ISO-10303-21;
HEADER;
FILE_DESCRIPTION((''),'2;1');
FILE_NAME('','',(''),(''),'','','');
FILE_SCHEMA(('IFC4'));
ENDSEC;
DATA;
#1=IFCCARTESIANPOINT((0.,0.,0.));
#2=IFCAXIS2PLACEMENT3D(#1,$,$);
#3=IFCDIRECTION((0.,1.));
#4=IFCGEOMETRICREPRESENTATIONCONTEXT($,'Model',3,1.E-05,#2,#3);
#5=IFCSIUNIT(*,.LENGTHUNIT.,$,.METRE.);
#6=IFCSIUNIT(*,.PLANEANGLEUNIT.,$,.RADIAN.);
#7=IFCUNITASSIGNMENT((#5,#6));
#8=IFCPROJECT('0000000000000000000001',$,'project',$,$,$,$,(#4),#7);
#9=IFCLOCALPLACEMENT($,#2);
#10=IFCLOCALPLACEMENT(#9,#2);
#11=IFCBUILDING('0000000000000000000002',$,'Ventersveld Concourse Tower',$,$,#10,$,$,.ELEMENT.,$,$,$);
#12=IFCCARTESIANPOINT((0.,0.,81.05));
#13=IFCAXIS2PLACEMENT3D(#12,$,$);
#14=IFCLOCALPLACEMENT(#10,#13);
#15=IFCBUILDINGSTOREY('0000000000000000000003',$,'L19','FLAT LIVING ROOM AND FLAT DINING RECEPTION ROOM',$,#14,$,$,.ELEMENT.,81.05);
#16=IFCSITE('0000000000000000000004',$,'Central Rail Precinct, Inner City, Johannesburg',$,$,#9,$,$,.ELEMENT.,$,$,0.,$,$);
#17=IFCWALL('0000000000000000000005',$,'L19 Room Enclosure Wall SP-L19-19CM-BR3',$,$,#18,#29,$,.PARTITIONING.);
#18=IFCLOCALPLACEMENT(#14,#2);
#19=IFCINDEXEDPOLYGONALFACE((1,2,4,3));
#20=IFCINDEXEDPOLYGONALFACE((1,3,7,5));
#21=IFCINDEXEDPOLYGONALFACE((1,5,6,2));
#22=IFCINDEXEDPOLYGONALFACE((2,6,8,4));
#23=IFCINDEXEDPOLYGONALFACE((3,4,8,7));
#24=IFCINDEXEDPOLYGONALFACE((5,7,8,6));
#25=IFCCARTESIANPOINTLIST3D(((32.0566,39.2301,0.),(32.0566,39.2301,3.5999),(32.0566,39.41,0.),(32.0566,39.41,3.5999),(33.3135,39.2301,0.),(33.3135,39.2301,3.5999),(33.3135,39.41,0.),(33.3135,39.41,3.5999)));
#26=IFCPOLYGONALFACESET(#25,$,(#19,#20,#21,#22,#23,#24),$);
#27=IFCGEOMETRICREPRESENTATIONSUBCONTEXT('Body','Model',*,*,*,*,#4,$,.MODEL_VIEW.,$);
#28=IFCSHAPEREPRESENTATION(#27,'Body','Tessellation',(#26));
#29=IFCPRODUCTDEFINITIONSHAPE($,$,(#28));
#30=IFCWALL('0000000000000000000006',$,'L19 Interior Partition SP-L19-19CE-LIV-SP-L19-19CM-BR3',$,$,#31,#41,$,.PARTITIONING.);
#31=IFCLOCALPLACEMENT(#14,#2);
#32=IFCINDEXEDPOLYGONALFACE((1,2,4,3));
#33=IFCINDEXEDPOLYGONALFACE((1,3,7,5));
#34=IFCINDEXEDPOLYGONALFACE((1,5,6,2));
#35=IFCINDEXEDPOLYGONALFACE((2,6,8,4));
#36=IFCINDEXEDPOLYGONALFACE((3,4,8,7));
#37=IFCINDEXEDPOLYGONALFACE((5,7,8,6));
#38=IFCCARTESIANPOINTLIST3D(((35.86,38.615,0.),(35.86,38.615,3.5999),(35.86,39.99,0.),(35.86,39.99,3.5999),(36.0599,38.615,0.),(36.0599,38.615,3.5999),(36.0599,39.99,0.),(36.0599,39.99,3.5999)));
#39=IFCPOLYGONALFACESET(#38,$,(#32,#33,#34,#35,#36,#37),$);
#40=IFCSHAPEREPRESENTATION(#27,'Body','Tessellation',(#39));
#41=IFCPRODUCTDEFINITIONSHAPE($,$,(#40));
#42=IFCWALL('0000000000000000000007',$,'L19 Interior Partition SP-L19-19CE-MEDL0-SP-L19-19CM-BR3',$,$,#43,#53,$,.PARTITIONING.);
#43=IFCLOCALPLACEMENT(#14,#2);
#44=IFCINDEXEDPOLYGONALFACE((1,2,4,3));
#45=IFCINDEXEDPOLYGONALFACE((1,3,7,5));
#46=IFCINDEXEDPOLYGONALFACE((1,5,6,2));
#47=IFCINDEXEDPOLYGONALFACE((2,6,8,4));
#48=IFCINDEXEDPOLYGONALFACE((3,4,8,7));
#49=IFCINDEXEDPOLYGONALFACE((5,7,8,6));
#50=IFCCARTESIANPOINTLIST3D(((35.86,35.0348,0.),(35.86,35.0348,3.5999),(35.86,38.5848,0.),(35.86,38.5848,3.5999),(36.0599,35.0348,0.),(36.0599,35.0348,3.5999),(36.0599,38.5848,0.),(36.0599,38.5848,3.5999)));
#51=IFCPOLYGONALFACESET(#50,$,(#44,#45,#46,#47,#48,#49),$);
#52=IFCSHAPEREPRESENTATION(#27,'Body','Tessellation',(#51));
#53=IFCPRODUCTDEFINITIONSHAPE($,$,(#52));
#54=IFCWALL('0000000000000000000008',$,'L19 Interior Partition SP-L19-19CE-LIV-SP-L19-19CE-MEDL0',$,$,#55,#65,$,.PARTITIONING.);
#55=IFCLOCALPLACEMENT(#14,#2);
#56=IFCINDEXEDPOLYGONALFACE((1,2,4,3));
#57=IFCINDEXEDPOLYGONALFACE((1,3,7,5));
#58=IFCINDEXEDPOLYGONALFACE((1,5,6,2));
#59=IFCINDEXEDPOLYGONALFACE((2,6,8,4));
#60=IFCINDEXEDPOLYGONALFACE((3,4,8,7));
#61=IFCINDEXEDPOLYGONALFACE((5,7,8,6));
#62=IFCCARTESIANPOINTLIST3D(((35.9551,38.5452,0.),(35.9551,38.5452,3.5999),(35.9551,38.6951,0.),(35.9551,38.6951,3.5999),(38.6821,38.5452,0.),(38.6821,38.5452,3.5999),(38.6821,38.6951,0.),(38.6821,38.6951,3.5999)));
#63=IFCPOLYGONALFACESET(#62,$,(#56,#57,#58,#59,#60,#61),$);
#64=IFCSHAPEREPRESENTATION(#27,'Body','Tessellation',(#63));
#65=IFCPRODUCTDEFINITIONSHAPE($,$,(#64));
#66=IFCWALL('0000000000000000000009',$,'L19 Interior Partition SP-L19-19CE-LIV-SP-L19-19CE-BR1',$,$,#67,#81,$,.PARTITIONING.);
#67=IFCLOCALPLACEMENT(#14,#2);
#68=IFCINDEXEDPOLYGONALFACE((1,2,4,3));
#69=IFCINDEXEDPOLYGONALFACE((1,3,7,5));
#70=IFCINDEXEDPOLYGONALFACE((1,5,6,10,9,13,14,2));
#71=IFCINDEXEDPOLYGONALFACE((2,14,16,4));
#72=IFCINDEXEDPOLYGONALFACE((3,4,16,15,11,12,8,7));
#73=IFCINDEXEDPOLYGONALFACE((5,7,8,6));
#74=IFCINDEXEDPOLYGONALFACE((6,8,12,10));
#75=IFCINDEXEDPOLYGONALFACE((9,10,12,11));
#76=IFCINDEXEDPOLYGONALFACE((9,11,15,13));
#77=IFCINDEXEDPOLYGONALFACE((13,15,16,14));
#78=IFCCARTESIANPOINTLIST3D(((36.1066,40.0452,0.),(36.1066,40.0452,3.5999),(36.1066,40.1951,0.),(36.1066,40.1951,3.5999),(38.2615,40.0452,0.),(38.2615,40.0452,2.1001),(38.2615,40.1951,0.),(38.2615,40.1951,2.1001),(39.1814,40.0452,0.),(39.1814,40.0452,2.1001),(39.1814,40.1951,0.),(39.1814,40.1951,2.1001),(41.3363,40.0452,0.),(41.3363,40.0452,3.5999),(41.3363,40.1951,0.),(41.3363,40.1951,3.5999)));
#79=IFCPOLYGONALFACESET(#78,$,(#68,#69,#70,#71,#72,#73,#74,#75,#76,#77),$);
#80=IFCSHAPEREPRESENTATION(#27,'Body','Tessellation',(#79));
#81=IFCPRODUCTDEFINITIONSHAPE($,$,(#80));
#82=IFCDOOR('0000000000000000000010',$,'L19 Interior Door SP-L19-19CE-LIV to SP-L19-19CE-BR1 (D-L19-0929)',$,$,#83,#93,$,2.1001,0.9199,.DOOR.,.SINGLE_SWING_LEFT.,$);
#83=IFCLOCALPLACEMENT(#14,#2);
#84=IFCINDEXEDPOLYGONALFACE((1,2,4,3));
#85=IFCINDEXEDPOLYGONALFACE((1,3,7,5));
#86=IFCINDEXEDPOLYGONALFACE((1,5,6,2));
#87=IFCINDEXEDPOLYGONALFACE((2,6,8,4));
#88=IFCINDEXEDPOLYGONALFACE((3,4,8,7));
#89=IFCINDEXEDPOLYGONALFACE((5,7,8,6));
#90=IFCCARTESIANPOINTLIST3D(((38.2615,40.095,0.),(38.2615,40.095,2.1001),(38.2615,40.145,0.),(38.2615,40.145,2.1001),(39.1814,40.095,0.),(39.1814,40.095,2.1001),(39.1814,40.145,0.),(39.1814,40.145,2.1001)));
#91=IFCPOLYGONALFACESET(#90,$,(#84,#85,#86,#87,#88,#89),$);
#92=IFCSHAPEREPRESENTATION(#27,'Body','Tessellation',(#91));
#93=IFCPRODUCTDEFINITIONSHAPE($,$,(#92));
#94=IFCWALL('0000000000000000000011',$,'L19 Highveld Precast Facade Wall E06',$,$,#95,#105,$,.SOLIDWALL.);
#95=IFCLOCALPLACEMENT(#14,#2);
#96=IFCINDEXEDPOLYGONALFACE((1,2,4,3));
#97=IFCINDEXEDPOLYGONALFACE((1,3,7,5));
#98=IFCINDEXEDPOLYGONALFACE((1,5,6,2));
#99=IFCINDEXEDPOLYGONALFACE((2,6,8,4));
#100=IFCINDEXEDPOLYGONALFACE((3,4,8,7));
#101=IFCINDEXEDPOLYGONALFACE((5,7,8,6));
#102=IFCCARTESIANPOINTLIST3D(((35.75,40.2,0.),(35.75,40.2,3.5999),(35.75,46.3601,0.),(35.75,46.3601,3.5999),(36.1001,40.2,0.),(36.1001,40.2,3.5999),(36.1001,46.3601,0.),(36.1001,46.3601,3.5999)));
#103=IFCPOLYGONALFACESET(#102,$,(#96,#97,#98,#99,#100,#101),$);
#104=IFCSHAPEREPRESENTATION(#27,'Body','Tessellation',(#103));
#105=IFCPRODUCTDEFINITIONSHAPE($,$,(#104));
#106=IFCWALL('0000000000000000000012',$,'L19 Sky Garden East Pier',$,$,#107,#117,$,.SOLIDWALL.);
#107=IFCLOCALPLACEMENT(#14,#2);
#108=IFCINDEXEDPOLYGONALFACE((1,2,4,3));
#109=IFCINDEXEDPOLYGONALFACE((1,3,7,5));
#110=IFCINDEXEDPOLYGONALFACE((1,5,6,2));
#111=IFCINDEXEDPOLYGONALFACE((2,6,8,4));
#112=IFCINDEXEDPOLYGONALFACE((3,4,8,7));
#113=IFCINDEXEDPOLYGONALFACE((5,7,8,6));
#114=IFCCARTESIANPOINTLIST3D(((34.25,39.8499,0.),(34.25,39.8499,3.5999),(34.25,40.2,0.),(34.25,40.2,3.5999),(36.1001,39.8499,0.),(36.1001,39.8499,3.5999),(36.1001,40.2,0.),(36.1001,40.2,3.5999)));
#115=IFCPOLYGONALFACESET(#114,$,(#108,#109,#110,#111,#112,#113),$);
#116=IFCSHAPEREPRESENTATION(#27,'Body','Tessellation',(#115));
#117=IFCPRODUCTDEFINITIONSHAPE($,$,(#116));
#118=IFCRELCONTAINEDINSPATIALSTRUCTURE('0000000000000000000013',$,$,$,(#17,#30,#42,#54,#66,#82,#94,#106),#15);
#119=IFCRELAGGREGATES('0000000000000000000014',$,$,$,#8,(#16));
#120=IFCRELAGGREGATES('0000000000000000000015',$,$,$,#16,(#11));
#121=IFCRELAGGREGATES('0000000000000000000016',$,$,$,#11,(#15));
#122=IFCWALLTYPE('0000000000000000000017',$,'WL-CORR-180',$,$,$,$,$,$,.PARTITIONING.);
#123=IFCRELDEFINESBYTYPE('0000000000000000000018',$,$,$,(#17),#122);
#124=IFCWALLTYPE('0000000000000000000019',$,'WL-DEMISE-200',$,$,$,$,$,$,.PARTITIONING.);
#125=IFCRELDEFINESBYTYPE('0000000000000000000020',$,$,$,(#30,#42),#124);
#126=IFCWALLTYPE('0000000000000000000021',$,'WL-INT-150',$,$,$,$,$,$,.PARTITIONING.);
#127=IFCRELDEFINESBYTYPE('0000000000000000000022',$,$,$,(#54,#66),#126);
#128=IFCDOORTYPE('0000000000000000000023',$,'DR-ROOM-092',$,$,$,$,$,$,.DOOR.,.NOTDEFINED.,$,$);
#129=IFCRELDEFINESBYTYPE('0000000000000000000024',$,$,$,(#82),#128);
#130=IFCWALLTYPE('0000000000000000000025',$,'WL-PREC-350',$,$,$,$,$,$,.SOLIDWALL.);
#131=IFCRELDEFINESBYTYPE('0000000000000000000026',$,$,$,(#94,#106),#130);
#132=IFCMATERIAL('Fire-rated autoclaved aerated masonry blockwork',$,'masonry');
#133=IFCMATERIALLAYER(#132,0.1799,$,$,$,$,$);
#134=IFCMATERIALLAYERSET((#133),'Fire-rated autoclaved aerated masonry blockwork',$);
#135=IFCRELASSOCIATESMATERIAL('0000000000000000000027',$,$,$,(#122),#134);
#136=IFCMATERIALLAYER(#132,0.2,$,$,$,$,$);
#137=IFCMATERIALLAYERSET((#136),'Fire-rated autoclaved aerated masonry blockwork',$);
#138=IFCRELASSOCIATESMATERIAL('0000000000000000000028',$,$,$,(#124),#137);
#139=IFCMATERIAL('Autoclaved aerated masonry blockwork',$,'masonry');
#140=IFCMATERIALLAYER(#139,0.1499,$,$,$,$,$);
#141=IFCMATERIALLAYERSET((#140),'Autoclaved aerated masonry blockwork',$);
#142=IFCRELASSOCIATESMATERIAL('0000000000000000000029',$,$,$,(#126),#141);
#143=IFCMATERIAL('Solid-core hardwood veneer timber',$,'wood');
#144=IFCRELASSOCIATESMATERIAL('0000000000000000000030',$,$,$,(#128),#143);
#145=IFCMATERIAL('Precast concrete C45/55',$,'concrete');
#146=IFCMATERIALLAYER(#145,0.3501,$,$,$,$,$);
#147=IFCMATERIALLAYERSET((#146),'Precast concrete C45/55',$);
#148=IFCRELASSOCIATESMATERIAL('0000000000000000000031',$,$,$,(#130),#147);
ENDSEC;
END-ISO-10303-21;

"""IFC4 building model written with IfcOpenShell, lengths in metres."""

from ifc_helpers import new_model, si_unit, direction, frame, frame_2d, origin, place, context, subcontext, project, spatial, rectangle, extrude, material, layer, layer_set, type_object, element, fill, save


model = new_model("IFC4")

# Units and contexts
model_context = context("Model", 3, precision=1e-05, world=origin(), true_north=direction((0.0, 1.0)))
body_context = subcontext(model_context, "Body", "Model", "MODEL_VIEW")
ifc_project = project(units=[si_unit("LENGTHUNIT", "METRE"), si_unit("PLANEANGLEUNIT", "RADIAN")], contexts=[model_context])

# Site, building, storey
site_placement = place(None, origin())
site = spatial("IfcSite", under=ifc_project, at=site_placement, Name="Central Rail Precinct, Inner City, Johannesburg", CompositionType="ELEMENT", RefElevation=0.0)
building_placement = place(site_placement, origin())
building = spatial("IfcBuilding", under=site, at=building_placement, Name="Ventersveld Concourse Tower", CompositionType="ELEMENT")
storey_placement = place(building_placement, frame((0.0, 0.0, 81.05)))
storey = spatial("IfcBuildingStorey", under=building, at=storey_placement, Name="L19", Description="FLAT LIVING ROOM AND FLAT DINING RECEPTION ROOM", CompositionType="ELEMENT", Elevation=81.05)

# Walls
ifc_material_1 = material(Name="Fire-rated autoclaved aerated masonry blockwork", Category="masonry")
ifc_layer_1 = layer(ifc_material_1, 0.1799)
ifc_layer_set_1 = layer_set([ifc_layer_1], Name="Fire-rated autoclaved aerated masonry blockwork")
wall_type_1 = type_object("IfcWallType", Name="WL-CORR-180", PredefinedType="PARTITIONING", material=ifc_layer_set_1)
wall_1_placement = place(storey_placement, frame((32.0566, 39.3201, 0.0), z_axis=(0.0, 0.0, 1.0), x_axis=(1.0, 0.0, 0.0)))
element("IfcWall", 1, at=wall_1_placement, inside=storey, type_object=wall_type_1, Name="L19 Room Enclosure Wall SP-L19-19CM-BR3", PredefinedType="PARTITIONING", context=body_context, shape_type="SweptSolid", body=[
    extrude(rectangle(XDim=1.2568, YDim=0.1799, at=frame_2d((0.6284, 0.0))), origin(), (0.0, 0.0, 1.0), 3.5999),
])
ifc_layer_2 = layer(ifc_material_1, 0.2)
ifc_layer_set_2 = layer_set([ifc_layer_2], Name="Fire-rated autoclaved aerated masonry blockwork")
wall_type_2 = type_object("IfcWallType", Name="WL-DEMISE-200", PredefinedType="PARTITIONING", material=ifc_layer_set_2)
wall_2_placement = place(storey_placement, frame((35.96, 38.615, 0.0), z_axis=(0.0, 0.0, 1.0), x_axis=(0.0, 1.0, 0.0)))
element("IfcWall", 2, at=wall_2_placement, inside=storey, type_object=wall_type_2, Name="L19 Interior Partition SP-L19-19CE-LIV-SP-L19-19CM-BR3", PredefinedType="PARTITIONING", context=body_context, shape_type="SweptSolid", body=[
    extrude(rectangle(XDim=1.375, YDim=0.2, at=frame_2d((0.6875, 0.0))), origin(), (0.0, 0.0, 1.0), 3.5999),
])
wall_3_placement = place(storey_placement, frame((35.96, 35.0349, 0.0), z_axis=(0.0, 0.0, 1.0), x_axis=(0.0, 1.0, 0.0)))
element("IfcWall", 3, at=wall_3_placement, inside=storey, type_object=wall_type_2, Name="L19 Interior Partition SP-L19-19CE-MEDL0-SP-L19-19CM-BR3", PredefinedType="PARTITIONING", context=body_context, shape_type="SweptSolid", body=[
    extrude(rectangle(XDim=3.55, YDim=0.2, at=frame_2d((1.7749, 0.0))), origin(), (0.0, 0.0, 1.0), 3.5999),
])
ifc_material_2 = material(Name="Autoclaved aerated masonry blockwork", Category="masonry")
ifc_layer_3 = layer(ifc_material_2, 0.1499)
ifc_layer_set_3 = layer_set([ifc_layer_3], Name="Autoclaved aerated masonry blockwork")
wall_type_3 = type_object("IfcWallType", Name="WL-INT-150", PredefinedType="PARTITIONING", material=ifc_layer_set_3)
wall_4_placement = place(storey_placement, frame((35.9551, 38.6201, 0.0), z_axis=(0.0, 0.0, 1.0), x_axis=(1.0, 0.0, 0.0)))
element("IfcWall", 4, at=wall_4_placement, inside=storey, type_object=wall_type_3, Name="L19 Interior Partition SP-L19-19CE-LIV-SP-L19-19CE-MEDL0", PredefinedType="PARTITIONING", context=body_context, shape_type="SweptSolid", body=[
    extrude(rectangle(XDim=2.7271, YDim=0.1499, at=frame_2d((1.3635, 0.0))), origin(), (0.0, 0.0, 1.0), 3.5999),
])

# Wall, opening, door
wall_5_placement = place(storey_placement, frame((36.1067, 40.1201, 0.0), z_axis=(0.0, 0.0, 1.0), x_axis=(1.0, 0.0, 0.0)))
wall_5 = element("IfcWall", 5, at=wall_5_placement, inside=storey, type_object=wall_type_3, Name="L19 Interior Partition SP-L19-19CE-LIV-SP-L19-19CE-BR1", PredefinedType="PARTITIONING", context=body_context, shape_type="SweptSolid", body=[
    extrude(rectangle(XDim=5.2297, YDim=0.1499, at=frame_2d((2.6147, 0.0))), origin(), (0.0, 0.0, 1.0), 3.5999),
])
opening_placement = place(wall_5_placement, frame((2.1548, 0.0, 0.0)))
opening = element("IfcOpeningElement", 6, at=opening_placement, cuts=wall_5, PredefinedType="OPENING", context=body_context, shape_type="SweptSolid", body=[
    extrude(rectangle(XDim=0.9199, YDim=2.1001, at=frame_2d((0.46, 1.05))), frame((0.0, 0.085, 0.0), z_axis=(0.0, -1.0, 0.0), x_axis=(1.0, 0.0, 0.0)), (0.0, 0.0, 1.0), 0.1699),
])
ifc_material_3 = material(Name="Solid-core hardwood veneer timber", Category="wood")
door_type = type_object("IfcDoorType", Name="DR-ROOM-092", OperationType="NOTDEFINED", PredefinedType="DOOR", material=ifc_material_3)
door_placement = place(opening_placement, origin())
door = element("IfcDoor", 7, at=door_placement, inside=storey, type_object=door_type, Name="L19 Interior Door SP-L19-19CE-LIV to SP-L19-19CE-BR1 (D-L19-0929)", OperationType="SINGLE_SWING_LEFT", OverallHeight=2.1001, OverallWidth=0.9199, PredefinedType="DOOR", context=body_context, shape_type="SweptSolid", body=[
    extrude(rectangle(XDim=0.9199, YDim=2.1001, at=frame_2d((0.46, 1.05))), frame((0.0, 0.0249, 0.0), z_axis=(0.0, -1.0, 0.0), x_axis=(1.0, 0.0, 0.0)), (0.0, 0.0, 1.0), 0.05),
])
fill(opening, door)

# Walls
ifc_material_4 = material(Name="Precast concrete C45/55", Category="concrete")
ifc_layer_4 = layer(ifc_material_4, 0.3501)
ifc_layer_set_4 = layer_set([ifc_layer_4], Name="Precast concrete C45/55")
wall_type_4 = type_object("IfcWallType", Name="WL-PREC-350", PredefinedType="SOLIDWALL", material=ifc_layer_set_4)
wall_6_placement = place(storey_placement, frame((35.925, 46.3601, 0.0), z_axis=(0.0, 0.0, 1.0), x_axis=(0.0, -1.0, 0.0)))
element("IfcWall", 8, at=wall_6_placement, inside=storey, type_object=wall_type_4, Name="L19 Highveld Precast Facade Wall E06", PredefinedType="SOLIDWALL", context=body_context, shape_type="SweptSolid", body=[
    extrude(rectangle(XDim=6.1602, YDim=0.3501, at=frame_2d((3.0801, 0.0))), origin(), (0.0, 0.0, 1.0), 3.5999),
])
wall_7_placement = place(storey_placement, frame((34.25, 40.0249, 0.0), z_axis=(0.0, 0.0, 1.0), x_axis=(1.0, 0.0, 0.0)))
element("IfcWall", 9, at=wall_7_placement, inside=storey, type_object=wall_type_4, Name="L19 Sky Garden East Pier", PredefinedType="SOLIDWALL", context=body_context, shape_type="SweptSolid", body=[
    extrude(rectangle(XDim=1.8501, YDim=0.3501, at=frame_2d((0.925, 0.0))), origin(), (0.0, 0.0, 1.0), 3.5999),
])

save(model, "model.ifc")
